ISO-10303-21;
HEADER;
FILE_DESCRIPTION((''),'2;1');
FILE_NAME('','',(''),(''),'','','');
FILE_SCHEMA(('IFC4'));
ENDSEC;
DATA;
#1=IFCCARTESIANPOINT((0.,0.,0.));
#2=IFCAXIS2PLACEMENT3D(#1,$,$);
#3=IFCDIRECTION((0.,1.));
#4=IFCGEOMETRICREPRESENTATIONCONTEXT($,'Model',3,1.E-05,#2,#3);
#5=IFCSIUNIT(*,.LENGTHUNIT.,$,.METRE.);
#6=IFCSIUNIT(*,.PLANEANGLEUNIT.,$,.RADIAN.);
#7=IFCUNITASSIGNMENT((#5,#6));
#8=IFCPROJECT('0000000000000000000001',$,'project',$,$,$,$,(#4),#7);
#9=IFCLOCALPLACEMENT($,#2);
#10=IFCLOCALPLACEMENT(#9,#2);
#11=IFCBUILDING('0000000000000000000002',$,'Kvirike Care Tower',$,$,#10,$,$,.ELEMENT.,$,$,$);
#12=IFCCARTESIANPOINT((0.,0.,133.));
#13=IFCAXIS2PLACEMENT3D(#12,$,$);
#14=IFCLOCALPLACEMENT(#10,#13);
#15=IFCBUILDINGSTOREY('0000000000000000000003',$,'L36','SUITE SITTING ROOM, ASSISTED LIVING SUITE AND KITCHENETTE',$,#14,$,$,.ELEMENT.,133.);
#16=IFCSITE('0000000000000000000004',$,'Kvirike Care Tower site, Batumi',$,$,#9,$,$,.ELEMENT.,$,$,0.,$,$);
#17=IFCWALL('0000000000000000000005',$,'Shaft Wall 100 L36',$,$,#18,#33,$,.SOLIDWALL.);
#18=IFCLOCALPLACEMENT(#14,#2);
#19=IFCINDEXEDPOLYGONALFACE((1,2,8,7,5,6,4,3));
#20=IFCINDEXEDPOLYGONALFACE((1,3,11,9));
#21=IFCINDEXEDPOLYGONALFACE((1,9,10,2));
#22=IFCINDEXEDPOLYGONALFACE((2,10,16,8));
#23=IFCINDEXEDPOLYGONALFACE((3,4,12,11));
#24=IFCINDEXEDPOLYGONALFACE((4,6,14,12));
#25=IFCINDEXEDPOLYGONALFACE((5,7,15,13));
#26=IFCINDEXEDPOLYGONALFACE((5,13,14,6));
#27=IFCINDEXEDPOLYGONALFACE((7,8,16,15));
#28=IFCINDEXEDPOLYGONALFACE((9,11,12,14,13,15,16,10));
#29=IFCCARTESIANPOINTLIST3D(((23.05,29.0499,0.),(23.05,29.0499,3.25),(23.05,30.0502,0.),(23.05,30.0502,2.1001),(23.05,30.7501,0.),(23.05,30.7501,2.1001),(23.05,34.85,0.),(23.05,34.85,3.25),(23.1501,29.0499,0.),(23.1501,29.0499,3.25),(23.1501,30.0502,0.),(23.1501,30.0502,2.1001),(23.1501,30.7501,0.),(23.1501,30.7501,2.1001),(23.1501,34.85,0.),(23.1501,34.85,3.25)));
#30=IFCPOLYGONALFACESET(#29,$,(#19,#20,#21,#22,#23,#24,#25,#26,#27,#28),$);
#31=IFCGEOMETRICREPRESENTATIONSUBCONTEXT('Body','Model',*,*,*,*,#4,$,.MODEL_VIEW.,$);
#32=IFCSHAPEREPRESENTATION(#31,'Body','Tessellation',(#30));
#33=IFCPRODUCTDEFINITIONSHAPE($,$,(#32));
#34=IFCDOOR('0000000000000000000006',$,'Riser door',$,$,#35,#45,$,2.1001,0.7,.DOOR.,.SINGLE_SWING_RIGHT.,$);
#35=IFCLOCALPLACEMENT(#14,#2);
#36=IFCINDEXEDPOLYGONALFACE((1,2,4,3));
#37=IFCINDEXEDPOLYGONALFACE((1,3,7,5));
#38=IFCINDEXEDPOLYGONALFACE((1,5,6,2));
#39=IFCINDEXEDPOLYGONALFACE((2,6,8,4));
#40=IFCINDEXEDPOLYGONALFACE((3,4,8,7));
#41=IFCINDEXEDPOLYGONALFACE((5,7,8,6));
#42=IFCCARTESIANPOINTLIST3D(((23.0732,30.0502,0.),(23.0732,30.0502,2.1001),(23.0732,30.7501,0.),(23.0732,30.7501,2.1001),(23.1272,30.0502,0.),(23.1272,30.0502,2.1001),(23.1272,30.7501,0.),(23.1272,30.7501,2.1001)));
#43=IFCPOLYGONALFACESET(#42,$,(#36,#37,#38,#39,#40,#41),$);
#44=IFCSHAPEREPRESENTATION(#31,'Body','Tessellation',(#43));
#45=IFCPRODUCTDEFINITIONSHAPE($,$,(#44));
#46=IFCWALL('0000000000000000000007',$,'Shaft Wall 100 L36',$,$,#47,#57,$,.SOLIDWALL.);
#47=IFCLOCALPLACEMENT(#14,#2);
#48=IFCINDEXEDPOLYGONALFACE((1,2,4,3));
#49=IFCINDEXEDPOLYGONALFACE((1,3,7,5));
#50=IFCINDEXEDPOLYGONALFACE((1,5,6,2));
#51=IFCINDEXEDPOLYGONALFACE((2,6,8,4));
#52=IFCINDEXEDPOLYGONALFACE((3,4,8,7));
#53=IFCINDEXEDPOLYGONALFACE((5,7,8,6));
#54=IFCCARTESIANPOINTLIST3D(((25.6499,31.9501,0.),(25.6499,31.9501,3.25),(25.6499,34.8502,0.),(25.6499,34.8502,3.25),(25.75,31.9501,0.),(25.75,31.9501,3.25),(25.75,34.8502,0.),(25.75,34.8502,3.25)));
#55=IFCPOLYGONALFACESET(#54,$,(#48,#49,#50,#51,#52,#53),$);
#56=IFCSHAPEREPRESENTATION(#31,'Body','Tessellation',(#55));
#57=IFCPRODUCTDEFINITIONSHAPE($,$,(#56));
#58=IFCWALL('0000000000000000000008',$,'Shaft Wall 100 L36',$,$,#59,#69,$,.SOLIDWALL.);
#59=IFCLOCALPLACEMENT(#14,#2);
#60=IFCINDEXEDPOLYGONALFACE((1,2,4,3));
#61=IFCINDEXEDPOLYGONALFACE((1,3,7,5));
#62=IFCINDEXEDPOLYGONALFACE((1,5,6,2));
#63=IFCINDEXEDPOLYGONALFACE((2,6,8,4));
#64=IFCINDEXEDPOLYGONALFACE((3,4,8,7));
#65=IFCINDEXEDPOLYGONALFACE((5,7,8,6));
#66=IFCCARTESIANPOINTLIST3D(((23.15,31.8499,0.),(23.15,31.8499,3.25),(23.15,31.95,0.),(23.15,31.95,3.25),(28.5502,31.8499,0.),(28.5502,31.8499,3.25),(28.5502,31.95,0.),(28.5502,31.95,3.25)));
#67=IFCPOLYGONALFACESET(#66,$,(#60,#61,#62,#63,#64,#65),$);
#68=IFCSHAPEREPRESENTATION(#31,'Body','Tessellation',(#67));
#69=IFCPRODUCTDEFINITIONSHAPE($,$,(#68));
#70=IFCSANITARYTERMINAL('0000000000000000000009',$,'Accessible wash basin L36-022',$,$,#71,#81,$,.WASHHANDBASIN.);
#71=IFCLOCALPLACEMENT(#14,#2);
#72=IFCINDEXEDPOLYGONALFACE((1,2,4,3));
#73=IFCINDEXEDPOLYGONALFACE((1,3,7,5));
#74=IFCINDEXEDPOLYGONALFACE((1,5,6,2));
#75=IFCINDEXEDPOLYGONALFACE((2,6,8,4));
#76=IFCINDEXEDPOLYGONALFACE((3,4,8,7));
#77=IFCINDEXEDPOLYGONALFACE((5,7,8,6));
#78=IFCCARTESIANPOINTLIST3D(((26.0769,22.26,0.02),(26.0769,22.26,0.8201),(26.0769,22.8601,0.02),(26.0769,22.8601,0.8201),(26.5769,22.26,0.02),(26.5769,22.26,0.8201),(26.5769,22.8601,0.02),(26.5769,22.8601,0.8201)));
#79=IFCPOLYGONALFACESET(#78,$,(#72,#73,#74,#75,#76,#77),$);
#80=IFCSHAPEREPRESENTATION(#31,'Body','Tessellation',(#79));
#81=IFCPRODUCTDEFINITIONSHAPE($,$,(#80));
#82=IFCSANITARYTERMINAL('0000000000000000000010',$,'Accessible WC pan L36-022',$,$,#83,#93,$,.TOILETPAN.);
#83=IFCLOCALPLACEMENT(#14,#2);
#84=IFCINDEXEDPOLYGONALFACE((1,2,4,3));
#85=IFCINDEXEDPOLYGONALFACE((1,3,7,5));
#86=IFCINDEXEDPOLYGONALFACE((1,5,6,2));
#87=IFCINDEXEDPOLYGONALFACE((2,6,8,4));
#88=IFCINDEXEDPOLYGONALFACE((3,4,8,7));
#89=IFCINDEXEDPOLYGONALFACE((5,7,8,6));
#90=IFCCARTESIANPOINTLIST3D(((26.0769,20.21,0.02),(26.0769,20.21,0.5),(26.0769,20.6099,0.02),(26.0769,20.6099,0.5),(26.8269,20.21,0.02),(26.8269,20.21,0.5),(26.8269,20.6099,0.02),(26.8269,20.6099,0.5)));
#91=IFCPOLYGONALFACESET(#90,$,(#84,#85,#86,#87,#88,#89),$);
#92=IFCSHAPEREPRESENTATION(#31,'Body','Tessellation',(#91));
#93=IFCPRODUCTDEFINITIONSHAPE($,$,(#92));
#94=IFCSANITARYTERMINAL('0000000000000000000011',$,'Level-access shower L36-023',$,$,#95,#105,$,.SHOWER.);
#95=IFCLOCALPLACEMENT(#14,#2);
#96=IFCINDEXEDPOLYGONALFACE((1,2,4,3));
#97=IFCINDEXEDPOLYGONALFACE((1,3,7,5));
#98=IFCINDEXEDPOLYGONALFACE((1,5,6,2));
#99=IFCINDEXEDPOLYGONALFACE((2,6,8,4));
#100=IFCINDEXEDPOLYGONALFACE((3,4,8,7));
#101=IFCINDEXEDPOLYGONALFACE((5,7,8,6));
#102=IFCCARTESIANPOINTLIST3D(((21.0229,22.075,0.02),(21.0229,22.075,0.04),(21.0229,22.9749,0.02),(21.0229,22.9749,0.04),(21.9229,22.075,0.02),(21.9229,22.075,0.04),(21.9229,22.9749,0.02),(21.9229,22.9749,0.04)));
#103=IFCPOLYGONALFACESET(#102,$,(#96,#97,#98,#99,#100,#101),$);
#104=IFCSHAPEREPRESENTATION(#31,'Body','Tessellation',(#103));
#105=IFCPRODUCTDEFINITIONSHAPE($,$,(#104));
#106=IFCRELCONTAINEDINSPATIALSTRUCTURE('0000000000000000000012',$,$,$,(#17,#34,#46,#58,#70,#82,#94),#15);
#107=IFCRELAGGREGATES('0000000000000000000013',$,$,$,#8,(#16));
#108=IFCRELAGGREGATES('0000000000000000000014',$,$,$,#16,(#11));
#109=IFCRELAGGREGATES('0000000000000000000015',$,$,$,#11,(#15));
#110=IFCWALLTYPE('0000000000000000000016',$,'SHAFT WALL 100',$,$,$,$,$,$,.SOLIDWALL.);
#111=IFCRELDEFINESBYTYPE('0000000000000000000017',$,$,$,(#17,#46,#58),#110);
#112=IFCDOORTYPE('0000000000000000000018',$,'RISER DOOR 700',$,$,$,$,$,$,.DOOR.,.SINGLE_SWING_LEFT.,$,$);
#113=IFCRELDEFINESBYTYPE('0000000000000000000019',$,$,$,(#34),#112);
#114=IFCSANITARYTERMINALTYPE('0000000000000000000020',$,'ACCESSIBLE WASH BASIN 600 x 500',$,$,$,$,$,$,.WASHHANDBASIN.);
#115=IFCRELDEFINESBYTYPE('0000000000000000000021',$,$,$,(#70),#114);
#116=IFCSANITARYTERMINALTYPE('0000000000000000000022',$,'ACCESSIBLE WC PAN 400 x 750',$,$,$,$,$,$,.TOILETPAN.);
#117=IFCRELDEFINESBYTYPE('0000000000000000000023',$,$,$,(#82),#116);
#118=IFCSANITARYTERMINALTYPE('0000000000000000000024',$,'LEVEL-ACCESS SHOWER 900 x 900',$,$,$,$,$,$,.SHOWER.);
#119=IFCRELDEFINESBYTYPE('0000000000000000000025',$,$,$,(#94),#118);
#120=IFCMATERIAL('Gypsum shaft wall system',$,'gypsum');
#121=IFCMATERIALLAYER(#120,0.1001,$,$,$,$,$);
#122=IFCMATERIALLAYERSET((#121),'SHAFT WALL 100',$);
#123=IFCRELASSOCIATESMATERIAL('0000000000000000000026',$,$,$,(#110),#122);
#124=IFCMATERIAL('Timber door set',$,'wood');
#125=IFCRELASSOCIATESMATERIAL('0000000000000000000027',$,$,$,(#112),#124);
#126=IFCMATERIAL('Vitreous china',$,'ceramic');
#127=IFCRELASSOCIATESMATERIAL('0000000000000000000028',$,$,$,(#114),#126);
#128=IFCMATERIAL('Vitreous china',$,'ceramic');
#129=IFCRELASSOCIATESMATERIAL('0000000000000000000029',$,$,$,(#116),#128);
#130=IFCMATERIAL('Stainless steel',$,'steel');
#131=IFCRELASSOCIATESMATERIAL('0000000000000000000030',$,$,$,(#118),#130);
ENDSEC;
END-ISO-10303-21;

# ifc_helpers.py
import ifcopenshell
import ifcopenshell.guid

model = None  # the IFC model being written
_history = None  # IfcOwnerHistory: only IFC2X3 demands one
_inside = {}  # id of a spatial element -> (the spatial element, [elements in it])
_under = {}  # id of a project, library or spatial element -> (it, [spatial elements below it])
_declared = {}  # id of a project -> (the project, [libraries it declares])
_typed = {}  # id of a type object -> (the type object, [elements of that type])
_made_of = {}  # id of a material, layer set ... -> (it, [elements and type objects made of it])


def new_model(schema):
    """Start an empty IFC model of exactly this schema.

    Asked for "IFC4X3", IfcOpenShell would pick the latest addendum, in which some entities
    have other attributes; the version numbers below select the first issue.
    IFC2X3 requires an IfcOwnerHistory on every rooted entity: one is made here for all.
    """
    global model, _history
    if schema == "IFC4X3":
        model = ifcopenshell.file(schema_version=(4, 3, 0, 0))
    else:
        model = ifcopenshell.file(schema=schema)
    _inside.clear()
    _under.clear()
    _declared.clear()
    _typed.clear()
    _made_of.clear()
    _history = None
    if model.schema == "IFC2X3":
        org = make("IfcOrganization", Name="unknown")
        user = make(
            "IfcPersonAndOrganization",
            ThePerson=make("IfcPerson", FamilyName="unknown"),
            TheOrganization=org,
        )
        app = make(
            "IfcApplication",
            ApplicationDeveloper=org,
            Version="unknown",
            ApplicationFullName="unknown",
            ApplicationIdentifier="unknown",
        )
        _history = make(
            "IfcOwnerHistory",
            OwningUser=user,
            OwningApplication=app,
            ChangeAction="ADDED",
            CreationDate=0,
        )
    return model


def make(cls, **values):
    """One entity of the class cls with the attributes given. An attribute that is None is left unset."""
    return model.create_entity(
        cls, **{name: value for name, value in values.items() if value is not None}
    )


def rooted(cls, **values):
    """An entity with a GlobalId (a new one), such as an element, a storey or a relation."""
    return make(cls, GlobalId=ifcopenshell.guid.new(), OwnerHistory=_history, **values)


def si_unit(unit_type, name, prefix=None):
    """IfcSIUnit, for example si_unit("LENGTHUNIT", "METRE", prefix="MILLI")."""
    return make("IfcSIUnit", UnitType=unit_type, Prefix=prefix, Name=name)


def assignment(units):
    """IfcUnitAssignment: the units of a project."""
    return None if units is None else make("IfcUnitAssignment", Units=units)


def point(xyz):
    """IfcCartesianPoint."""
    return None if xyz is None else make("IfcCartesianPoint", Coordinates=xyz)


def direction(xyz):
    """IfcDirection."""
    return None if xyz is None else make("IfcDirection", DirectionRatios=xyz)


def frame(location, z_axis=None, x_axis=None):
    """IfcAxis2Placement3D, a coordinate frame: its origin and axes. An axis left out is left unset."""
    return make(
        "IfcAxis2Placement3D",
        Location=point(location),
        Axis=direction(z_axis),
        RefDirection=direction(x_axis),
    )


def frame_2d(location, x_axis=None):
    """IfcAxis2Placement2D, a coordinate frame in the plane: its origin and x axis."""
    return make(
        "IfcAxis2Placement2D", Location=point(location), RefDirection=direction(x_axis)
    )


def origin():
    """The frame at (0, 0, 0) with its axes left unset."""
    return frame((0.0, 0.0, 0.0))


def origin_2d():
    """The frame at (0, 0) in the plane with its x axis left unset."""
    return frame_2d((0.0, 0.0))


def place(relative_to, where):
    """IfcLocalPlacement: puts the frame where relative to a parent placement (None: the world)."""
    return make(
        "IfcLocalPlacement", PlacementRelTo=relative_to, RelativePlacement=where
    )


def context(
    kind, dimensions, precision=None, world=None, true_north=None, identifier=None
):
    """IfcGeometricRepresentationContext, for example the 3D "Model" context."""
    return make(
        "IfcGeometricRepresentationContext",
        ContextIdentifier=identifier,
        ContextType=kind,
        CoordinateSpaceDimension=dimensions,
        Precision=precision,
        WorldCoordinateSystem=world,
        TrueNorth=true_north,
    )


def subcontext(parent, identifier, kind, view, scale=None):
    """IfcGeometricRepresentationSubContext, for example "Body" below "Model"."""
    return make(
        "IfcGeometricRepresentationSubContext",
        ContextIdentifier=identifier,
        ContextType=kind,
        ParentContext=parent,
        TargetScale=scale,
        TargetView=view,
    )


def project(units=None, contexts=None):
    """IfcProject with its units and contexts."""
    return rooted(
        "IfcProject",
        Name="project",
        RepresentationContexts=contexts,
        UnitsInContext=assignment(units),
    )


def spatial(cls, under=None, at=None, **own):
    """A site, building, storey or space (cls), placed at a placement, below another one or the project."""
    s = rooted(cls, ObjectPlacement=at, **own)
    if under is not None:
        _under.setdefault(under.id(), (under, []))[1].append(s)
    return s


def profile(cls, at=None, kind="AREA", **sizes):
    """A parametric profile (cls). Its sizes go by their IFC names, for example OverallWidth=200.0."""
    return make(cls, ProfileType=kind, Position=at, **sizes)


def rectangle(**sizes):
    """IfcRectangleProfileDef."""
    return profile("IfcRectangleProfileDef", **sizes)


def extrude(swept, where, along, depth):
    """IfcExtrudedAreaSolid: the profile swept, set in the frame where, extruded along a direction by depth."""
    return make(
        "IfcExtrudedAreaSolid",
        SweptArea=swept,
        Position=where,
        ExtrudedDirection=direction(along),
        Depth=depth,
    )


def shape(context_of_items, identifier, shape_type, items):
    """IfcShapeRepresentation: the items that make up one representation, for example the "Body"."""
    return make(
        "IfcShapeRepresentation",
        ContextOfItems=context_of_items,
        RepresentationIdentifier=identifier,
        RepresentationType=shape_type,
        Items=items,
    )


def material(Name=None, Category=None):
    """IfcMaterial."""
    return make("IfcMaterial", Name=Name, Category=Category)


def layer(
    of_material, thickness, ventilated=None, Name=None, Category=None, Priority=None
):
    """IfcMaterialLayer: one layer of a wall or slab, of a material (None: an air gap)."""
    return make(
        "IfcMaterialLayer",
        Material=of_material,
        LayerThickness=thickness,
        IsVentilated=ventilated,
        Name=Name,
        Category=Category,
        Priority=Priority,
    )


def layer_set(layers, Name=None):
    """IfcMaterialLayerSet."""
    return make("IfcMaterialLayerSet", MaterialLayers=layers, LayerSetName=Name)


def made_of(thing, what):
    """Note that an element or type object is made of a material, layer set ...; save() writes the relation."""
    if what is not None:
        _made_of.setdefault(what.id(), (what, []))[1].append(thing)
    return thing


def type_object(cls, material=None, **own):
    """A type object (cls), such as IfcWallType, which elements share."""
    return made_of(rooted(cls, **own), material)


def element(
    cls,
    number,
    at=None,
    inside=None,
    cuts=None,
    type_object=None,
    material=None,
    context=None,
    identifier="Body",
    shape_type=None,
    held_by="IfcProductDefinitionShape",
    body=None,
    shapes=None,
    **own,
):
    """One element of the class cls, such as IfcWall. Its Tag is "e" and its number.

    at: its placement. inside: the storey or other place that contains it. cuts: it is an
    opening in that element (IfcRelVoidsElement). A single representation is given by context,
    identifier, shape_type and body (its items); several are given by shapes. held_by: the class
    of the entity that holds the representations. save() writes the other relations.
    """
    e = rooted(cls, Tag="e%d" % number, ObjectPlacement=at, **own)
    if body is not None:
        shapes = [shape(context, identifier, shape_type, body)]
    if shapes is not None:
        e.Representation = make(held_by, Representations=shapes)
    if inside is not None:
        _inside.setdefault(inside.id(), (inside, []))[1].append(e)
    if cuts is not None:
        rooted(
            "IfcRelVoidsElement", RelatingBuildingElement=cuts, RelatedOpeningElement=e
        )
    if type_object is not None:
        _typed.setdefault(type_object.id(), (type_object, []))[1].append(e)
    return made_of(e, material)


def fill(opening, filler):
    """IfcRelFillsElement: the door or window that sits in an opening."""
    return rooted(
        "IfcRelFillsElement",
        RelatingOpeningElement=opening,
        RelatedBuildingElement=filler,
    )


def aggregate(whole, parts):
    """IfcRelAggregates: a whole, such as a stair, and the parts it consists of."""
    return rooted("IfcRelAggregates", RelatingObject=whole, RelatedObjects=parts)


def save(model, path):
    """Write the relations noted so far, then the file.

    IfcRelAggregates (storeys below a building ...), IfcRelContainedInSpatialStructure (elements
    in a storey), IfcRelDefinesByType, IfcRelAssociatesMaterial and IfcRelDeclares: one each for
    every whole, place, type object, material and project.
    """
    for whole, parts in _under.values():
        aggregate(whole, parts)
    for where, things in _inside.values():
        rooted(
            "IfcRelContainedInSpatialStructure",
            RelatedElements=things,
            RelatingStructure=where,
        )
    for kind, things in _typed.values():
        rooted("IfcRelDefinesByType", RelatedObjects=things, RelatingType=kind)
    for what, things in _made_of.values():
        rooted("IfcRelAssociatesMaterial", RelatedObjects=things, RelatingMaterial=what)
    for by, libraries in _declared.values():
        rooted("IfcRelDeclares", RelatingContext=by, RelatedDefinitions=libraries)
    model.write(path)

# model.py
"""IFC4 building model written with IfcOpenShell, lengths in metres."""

from ifc_helpers import new_model, si_unit, direction, frame, frame_2d, origin, origin_2d, place, context, subcontext, project, spatial, rectangle, extrude, material, layer, layer_set, type_object, element, fill, save


model = new_model("IFC4")

# Units and contexts
model_context = context("Model", 3, precision=1e-05, world=origin(), true_north=direction((0.0, 1.0)))
body_context = subcontext(model_context, "Body", "Model", "MODEL_VIEW")
ifc_project = project(units=[si_unit("LENGTHUNIT", "METRE"), si_unit("PLANEANGLEUNIT", "RADIAN")], contexts=[model_context])

# Site, building, storey
site_placement = place(None, origin())
site = spatial("IfcSite", under=ifc_project, at=site_placement, Name="Kvirike Care Tower site, Batumi", CompositionType="ELEMENT", RefElevation=0.0)
building_placement = place(site_placement, origin())
building = spatial("IfcBuilding", under=site, at=building_placement, Name="Kvirike Care Tower", CompositionType="ELEMENT")
storey_placement = place(building_placement, frame((0.0, 0.0, 133.0)))
storey = spatial("IfcBuildingStorey", under=building, at=storey_placement, Name="L36", Description="SUITE SITTING ROOM, ASSISTED LIVING SUITE AND KITCHENETTE", CompositionType="ELEMENT", Elevation=133.0)

# Wall, opening, door
ifc_material_1 = material(Name="Gypsum shaft wall system", Category="gypsum")
ifc_layer_1 = layer(ifc_material_1, 0.1001)
ifc_layer_set_1 = layer_set([ifc_layer_1], Name="SHAFT WALL 100")
wall_type_1 = type_object("IfcWallType", Name="SHAFT WALL 100", PredefinedType="SOLIDWALL", material=ifc_layer_set_1)
wall_1_placement = place(storey_placement, frame((23.1001, 29.05, 0.0), z_axis=(0.0, 0.0, 1.0), x_axis=(0.0, 1.0, 0.0)))
wall_1 = element("IfcWall", 1, at=wall_1_placement, inside=storey, type_object=wall_type_1, Name="Shaft Wall 100 L36", PredefinedType="SOLIDWALL", context=body_context, shape_type="SweptSolid", body=[
    extrude(rectangle(XDim=5.8, YDim=0.1001, at=frame_2d((2.8999, 0.0))), origin(), (0.0, 0.0, 1.0), 3.25),
])
opening_1_placement = place(wall_1_placement, frame((1.0, 0.0, 0.0)))
opening_1 = element("IfcOpeningElement", 2, at=opening_1_placement, cuts=wall_1, PredefinedType="OPENING", context=body_context, shape_type="SweptSolid", body=[
    extrude(rectangle(XDim=0.7, YDim=2.1001, at=frame_2d((0.3501, 1.05))), frame((0.0, 0.0605, 0.0), z_axis=(0.0, -1.0, 0.0), x_axis=(1.0, 0.0, 0.0)), (0.0, 0.0, 1.0), 0.1211),
])
ifc_material_2 = material(Name="Timber door set", Category="wood")
door_type_1 = type_object("IfcDoorType", Name="RISER DOOR 700", OperationType="SINGLE_SWING_LEFT", PredefinedType="DOOR", material=ifc_material_2)
door_1_placement = place(opening_1_placement, origin())
door_1 = element("IfcDoor", 3, at=door_1_placement, inside=storey, type_object=door_type_1, Name="Riser door", OperationType="SINGLE_SWING_RIGHT", OverallHeight=2.1001, OverallWidth=0.7, PredefinedType="DOOR", context=body_context, shape_type="SweptSolid", body=[
    extrude(rectangle(XDim=0.7, YDim=2.1001, at=frame_2d((0.3501, 1.05))), frame((0.0, 0.0269, 0.0), z_axis=(0.0, -1.0, 0.0), x_axis=(1.0, 0.0, 0.0)), (0.0, 0.0, 1.0), 0.054),
])
fill(opening_1, door_1)

# Walls
wall_2_placement = place(storey_placement, frame((25.7, 31.95, 0.0), z_axis=(0.0, 0.0, 1.0), x_axis=(0.0, 1.0, 0.0)))
element("IfcWall", 4, at=wall_2_placement, inside=storey, type_object=wall_type_1, Name="Shaft Wall 100 L36", PredefinedType="SOLIDWALL", context=body_context, shape_type="SweptSolid", body=[
    extrude(rectangle(XDim=2.9001, YDim=0.1001, at=frame_2d((1.4502, 0.0))), origin(), (0.0, 0.0, 1.0), 3.25),
])
wall_3_placement = place(storey_placement, frame((23.1499, 31.8999, 0.0), z_axis=(0.0, 0.0, 1.0), x_axis=(1.0, 0.0, 0.0)))
element("IfcWall", 5, at=wall_3_placement, inside=storey, type_object=wall_type_1, Name="Shaft Wall 100 L36", PredefinedType="SOLIDWALL", context=body_context, shape_type="SweptSolid", body=[
    extrude(rectangle(XDim=5.4001, YDim=0.1001, at=frame_2d((2.7002, 0.0))), origin(), (0.0, 0.0, 1.0), 3.25),
])

# Sanitary terminals
ifc_material_3 = material(Name="Vitreous china", Category="ceramic")
sanitary_terminal_type_1 = type_object("IfcSanitaryTerminalType", Name="ACCESSIBLE WASH BASIN 600 x 500", PredefinedType="WASHHANDBASIN", material=ifc_material_3)
sanitary_terminal_1_placement = place(storey_placement, frame((26.3269, 22.5601, 0.02), z_axis=(0.0, 0.0, 1.0), x_axis=(0.0, 1.0, 0.0)))
element("IfcSanitaryTerminal", 6, at=sanitary_terminal_1_placement, inside=storey, type_object=sanitary_terminal_type_1, Name="Accessible wash basin L36-022", PredefinedType="WASHHANDBASIN", context=body_context, shape_type="SweptSolid", body=[
    extrude(rectangle(XDim=0.6001, YDim=0.5, at=origin_2d()), origin(), (0.0, 0.0, 1.0), 0.8),
])
ifc_material_4 = material(Name="Vitreous china", Category="ceramic")
sanitary_terminal_type_2 = type_object("IfcSanitaryTerminalType", Name="ACCESSIBLE WC PAN 400 x 750", PredefinedType="TOILETPAN", material=ifc_material_4)
sanitary_terminal_2_placement = place(storey_placement, frame((26.4519, 20.4099, 0.02), z_axis=(0.0, 0.0, 1.0), x_axis=(0.0, 1.0, 0.0)))
element("IfcSanitaryTerminal", 7, at=sanitary_terminal_2_placement, inside=storey, type_object=sanitary_terminal_type_2, Name="Accessible WC pan L36-022", PredefinedType="TOILETPAN", context=body_context, shape_type="SweptSolid", body=[
    extrude(rectangle(XDim=0.3999, YDim=0.75, at=origin_2d()), origin(), (0.0, 0.0, 1.0), 0.48),
])
ifc_material_5 = material(Name="Stainless steel", Category="steel")
sanitary_terminal_type_3 = type_object("IfcSanitaryTerminalType", Name="LEVEL-ACCESS SHOWER 900 x 900", PredefinedType="SHOWER", material=ifc_material_5)
sanitary_terminal_3_placement = place(storey_placement, frame((21.4729, 22.5249, 0.02), z_axis=(0.0, 0.0, 1.0), x_axis=(0.0, -1.0, 0.0)))
element("IfcSanitaryTerminal", 8, at=sanitary_terminal_3_placement, inside=storey, type_object=sanitary_terminal_type_3, Name="Level-access shower L36-023", PredefinedType="SHOWER", context=body_context, shape_type="SweptSolid", body=[
    extrude(rectangle(XDim=0.8999, YDim=0.8999, at=origin_2d()), origin(), (0.0, 0.0, 1.0), 0.02),
])

save(model, "model.ifc")
